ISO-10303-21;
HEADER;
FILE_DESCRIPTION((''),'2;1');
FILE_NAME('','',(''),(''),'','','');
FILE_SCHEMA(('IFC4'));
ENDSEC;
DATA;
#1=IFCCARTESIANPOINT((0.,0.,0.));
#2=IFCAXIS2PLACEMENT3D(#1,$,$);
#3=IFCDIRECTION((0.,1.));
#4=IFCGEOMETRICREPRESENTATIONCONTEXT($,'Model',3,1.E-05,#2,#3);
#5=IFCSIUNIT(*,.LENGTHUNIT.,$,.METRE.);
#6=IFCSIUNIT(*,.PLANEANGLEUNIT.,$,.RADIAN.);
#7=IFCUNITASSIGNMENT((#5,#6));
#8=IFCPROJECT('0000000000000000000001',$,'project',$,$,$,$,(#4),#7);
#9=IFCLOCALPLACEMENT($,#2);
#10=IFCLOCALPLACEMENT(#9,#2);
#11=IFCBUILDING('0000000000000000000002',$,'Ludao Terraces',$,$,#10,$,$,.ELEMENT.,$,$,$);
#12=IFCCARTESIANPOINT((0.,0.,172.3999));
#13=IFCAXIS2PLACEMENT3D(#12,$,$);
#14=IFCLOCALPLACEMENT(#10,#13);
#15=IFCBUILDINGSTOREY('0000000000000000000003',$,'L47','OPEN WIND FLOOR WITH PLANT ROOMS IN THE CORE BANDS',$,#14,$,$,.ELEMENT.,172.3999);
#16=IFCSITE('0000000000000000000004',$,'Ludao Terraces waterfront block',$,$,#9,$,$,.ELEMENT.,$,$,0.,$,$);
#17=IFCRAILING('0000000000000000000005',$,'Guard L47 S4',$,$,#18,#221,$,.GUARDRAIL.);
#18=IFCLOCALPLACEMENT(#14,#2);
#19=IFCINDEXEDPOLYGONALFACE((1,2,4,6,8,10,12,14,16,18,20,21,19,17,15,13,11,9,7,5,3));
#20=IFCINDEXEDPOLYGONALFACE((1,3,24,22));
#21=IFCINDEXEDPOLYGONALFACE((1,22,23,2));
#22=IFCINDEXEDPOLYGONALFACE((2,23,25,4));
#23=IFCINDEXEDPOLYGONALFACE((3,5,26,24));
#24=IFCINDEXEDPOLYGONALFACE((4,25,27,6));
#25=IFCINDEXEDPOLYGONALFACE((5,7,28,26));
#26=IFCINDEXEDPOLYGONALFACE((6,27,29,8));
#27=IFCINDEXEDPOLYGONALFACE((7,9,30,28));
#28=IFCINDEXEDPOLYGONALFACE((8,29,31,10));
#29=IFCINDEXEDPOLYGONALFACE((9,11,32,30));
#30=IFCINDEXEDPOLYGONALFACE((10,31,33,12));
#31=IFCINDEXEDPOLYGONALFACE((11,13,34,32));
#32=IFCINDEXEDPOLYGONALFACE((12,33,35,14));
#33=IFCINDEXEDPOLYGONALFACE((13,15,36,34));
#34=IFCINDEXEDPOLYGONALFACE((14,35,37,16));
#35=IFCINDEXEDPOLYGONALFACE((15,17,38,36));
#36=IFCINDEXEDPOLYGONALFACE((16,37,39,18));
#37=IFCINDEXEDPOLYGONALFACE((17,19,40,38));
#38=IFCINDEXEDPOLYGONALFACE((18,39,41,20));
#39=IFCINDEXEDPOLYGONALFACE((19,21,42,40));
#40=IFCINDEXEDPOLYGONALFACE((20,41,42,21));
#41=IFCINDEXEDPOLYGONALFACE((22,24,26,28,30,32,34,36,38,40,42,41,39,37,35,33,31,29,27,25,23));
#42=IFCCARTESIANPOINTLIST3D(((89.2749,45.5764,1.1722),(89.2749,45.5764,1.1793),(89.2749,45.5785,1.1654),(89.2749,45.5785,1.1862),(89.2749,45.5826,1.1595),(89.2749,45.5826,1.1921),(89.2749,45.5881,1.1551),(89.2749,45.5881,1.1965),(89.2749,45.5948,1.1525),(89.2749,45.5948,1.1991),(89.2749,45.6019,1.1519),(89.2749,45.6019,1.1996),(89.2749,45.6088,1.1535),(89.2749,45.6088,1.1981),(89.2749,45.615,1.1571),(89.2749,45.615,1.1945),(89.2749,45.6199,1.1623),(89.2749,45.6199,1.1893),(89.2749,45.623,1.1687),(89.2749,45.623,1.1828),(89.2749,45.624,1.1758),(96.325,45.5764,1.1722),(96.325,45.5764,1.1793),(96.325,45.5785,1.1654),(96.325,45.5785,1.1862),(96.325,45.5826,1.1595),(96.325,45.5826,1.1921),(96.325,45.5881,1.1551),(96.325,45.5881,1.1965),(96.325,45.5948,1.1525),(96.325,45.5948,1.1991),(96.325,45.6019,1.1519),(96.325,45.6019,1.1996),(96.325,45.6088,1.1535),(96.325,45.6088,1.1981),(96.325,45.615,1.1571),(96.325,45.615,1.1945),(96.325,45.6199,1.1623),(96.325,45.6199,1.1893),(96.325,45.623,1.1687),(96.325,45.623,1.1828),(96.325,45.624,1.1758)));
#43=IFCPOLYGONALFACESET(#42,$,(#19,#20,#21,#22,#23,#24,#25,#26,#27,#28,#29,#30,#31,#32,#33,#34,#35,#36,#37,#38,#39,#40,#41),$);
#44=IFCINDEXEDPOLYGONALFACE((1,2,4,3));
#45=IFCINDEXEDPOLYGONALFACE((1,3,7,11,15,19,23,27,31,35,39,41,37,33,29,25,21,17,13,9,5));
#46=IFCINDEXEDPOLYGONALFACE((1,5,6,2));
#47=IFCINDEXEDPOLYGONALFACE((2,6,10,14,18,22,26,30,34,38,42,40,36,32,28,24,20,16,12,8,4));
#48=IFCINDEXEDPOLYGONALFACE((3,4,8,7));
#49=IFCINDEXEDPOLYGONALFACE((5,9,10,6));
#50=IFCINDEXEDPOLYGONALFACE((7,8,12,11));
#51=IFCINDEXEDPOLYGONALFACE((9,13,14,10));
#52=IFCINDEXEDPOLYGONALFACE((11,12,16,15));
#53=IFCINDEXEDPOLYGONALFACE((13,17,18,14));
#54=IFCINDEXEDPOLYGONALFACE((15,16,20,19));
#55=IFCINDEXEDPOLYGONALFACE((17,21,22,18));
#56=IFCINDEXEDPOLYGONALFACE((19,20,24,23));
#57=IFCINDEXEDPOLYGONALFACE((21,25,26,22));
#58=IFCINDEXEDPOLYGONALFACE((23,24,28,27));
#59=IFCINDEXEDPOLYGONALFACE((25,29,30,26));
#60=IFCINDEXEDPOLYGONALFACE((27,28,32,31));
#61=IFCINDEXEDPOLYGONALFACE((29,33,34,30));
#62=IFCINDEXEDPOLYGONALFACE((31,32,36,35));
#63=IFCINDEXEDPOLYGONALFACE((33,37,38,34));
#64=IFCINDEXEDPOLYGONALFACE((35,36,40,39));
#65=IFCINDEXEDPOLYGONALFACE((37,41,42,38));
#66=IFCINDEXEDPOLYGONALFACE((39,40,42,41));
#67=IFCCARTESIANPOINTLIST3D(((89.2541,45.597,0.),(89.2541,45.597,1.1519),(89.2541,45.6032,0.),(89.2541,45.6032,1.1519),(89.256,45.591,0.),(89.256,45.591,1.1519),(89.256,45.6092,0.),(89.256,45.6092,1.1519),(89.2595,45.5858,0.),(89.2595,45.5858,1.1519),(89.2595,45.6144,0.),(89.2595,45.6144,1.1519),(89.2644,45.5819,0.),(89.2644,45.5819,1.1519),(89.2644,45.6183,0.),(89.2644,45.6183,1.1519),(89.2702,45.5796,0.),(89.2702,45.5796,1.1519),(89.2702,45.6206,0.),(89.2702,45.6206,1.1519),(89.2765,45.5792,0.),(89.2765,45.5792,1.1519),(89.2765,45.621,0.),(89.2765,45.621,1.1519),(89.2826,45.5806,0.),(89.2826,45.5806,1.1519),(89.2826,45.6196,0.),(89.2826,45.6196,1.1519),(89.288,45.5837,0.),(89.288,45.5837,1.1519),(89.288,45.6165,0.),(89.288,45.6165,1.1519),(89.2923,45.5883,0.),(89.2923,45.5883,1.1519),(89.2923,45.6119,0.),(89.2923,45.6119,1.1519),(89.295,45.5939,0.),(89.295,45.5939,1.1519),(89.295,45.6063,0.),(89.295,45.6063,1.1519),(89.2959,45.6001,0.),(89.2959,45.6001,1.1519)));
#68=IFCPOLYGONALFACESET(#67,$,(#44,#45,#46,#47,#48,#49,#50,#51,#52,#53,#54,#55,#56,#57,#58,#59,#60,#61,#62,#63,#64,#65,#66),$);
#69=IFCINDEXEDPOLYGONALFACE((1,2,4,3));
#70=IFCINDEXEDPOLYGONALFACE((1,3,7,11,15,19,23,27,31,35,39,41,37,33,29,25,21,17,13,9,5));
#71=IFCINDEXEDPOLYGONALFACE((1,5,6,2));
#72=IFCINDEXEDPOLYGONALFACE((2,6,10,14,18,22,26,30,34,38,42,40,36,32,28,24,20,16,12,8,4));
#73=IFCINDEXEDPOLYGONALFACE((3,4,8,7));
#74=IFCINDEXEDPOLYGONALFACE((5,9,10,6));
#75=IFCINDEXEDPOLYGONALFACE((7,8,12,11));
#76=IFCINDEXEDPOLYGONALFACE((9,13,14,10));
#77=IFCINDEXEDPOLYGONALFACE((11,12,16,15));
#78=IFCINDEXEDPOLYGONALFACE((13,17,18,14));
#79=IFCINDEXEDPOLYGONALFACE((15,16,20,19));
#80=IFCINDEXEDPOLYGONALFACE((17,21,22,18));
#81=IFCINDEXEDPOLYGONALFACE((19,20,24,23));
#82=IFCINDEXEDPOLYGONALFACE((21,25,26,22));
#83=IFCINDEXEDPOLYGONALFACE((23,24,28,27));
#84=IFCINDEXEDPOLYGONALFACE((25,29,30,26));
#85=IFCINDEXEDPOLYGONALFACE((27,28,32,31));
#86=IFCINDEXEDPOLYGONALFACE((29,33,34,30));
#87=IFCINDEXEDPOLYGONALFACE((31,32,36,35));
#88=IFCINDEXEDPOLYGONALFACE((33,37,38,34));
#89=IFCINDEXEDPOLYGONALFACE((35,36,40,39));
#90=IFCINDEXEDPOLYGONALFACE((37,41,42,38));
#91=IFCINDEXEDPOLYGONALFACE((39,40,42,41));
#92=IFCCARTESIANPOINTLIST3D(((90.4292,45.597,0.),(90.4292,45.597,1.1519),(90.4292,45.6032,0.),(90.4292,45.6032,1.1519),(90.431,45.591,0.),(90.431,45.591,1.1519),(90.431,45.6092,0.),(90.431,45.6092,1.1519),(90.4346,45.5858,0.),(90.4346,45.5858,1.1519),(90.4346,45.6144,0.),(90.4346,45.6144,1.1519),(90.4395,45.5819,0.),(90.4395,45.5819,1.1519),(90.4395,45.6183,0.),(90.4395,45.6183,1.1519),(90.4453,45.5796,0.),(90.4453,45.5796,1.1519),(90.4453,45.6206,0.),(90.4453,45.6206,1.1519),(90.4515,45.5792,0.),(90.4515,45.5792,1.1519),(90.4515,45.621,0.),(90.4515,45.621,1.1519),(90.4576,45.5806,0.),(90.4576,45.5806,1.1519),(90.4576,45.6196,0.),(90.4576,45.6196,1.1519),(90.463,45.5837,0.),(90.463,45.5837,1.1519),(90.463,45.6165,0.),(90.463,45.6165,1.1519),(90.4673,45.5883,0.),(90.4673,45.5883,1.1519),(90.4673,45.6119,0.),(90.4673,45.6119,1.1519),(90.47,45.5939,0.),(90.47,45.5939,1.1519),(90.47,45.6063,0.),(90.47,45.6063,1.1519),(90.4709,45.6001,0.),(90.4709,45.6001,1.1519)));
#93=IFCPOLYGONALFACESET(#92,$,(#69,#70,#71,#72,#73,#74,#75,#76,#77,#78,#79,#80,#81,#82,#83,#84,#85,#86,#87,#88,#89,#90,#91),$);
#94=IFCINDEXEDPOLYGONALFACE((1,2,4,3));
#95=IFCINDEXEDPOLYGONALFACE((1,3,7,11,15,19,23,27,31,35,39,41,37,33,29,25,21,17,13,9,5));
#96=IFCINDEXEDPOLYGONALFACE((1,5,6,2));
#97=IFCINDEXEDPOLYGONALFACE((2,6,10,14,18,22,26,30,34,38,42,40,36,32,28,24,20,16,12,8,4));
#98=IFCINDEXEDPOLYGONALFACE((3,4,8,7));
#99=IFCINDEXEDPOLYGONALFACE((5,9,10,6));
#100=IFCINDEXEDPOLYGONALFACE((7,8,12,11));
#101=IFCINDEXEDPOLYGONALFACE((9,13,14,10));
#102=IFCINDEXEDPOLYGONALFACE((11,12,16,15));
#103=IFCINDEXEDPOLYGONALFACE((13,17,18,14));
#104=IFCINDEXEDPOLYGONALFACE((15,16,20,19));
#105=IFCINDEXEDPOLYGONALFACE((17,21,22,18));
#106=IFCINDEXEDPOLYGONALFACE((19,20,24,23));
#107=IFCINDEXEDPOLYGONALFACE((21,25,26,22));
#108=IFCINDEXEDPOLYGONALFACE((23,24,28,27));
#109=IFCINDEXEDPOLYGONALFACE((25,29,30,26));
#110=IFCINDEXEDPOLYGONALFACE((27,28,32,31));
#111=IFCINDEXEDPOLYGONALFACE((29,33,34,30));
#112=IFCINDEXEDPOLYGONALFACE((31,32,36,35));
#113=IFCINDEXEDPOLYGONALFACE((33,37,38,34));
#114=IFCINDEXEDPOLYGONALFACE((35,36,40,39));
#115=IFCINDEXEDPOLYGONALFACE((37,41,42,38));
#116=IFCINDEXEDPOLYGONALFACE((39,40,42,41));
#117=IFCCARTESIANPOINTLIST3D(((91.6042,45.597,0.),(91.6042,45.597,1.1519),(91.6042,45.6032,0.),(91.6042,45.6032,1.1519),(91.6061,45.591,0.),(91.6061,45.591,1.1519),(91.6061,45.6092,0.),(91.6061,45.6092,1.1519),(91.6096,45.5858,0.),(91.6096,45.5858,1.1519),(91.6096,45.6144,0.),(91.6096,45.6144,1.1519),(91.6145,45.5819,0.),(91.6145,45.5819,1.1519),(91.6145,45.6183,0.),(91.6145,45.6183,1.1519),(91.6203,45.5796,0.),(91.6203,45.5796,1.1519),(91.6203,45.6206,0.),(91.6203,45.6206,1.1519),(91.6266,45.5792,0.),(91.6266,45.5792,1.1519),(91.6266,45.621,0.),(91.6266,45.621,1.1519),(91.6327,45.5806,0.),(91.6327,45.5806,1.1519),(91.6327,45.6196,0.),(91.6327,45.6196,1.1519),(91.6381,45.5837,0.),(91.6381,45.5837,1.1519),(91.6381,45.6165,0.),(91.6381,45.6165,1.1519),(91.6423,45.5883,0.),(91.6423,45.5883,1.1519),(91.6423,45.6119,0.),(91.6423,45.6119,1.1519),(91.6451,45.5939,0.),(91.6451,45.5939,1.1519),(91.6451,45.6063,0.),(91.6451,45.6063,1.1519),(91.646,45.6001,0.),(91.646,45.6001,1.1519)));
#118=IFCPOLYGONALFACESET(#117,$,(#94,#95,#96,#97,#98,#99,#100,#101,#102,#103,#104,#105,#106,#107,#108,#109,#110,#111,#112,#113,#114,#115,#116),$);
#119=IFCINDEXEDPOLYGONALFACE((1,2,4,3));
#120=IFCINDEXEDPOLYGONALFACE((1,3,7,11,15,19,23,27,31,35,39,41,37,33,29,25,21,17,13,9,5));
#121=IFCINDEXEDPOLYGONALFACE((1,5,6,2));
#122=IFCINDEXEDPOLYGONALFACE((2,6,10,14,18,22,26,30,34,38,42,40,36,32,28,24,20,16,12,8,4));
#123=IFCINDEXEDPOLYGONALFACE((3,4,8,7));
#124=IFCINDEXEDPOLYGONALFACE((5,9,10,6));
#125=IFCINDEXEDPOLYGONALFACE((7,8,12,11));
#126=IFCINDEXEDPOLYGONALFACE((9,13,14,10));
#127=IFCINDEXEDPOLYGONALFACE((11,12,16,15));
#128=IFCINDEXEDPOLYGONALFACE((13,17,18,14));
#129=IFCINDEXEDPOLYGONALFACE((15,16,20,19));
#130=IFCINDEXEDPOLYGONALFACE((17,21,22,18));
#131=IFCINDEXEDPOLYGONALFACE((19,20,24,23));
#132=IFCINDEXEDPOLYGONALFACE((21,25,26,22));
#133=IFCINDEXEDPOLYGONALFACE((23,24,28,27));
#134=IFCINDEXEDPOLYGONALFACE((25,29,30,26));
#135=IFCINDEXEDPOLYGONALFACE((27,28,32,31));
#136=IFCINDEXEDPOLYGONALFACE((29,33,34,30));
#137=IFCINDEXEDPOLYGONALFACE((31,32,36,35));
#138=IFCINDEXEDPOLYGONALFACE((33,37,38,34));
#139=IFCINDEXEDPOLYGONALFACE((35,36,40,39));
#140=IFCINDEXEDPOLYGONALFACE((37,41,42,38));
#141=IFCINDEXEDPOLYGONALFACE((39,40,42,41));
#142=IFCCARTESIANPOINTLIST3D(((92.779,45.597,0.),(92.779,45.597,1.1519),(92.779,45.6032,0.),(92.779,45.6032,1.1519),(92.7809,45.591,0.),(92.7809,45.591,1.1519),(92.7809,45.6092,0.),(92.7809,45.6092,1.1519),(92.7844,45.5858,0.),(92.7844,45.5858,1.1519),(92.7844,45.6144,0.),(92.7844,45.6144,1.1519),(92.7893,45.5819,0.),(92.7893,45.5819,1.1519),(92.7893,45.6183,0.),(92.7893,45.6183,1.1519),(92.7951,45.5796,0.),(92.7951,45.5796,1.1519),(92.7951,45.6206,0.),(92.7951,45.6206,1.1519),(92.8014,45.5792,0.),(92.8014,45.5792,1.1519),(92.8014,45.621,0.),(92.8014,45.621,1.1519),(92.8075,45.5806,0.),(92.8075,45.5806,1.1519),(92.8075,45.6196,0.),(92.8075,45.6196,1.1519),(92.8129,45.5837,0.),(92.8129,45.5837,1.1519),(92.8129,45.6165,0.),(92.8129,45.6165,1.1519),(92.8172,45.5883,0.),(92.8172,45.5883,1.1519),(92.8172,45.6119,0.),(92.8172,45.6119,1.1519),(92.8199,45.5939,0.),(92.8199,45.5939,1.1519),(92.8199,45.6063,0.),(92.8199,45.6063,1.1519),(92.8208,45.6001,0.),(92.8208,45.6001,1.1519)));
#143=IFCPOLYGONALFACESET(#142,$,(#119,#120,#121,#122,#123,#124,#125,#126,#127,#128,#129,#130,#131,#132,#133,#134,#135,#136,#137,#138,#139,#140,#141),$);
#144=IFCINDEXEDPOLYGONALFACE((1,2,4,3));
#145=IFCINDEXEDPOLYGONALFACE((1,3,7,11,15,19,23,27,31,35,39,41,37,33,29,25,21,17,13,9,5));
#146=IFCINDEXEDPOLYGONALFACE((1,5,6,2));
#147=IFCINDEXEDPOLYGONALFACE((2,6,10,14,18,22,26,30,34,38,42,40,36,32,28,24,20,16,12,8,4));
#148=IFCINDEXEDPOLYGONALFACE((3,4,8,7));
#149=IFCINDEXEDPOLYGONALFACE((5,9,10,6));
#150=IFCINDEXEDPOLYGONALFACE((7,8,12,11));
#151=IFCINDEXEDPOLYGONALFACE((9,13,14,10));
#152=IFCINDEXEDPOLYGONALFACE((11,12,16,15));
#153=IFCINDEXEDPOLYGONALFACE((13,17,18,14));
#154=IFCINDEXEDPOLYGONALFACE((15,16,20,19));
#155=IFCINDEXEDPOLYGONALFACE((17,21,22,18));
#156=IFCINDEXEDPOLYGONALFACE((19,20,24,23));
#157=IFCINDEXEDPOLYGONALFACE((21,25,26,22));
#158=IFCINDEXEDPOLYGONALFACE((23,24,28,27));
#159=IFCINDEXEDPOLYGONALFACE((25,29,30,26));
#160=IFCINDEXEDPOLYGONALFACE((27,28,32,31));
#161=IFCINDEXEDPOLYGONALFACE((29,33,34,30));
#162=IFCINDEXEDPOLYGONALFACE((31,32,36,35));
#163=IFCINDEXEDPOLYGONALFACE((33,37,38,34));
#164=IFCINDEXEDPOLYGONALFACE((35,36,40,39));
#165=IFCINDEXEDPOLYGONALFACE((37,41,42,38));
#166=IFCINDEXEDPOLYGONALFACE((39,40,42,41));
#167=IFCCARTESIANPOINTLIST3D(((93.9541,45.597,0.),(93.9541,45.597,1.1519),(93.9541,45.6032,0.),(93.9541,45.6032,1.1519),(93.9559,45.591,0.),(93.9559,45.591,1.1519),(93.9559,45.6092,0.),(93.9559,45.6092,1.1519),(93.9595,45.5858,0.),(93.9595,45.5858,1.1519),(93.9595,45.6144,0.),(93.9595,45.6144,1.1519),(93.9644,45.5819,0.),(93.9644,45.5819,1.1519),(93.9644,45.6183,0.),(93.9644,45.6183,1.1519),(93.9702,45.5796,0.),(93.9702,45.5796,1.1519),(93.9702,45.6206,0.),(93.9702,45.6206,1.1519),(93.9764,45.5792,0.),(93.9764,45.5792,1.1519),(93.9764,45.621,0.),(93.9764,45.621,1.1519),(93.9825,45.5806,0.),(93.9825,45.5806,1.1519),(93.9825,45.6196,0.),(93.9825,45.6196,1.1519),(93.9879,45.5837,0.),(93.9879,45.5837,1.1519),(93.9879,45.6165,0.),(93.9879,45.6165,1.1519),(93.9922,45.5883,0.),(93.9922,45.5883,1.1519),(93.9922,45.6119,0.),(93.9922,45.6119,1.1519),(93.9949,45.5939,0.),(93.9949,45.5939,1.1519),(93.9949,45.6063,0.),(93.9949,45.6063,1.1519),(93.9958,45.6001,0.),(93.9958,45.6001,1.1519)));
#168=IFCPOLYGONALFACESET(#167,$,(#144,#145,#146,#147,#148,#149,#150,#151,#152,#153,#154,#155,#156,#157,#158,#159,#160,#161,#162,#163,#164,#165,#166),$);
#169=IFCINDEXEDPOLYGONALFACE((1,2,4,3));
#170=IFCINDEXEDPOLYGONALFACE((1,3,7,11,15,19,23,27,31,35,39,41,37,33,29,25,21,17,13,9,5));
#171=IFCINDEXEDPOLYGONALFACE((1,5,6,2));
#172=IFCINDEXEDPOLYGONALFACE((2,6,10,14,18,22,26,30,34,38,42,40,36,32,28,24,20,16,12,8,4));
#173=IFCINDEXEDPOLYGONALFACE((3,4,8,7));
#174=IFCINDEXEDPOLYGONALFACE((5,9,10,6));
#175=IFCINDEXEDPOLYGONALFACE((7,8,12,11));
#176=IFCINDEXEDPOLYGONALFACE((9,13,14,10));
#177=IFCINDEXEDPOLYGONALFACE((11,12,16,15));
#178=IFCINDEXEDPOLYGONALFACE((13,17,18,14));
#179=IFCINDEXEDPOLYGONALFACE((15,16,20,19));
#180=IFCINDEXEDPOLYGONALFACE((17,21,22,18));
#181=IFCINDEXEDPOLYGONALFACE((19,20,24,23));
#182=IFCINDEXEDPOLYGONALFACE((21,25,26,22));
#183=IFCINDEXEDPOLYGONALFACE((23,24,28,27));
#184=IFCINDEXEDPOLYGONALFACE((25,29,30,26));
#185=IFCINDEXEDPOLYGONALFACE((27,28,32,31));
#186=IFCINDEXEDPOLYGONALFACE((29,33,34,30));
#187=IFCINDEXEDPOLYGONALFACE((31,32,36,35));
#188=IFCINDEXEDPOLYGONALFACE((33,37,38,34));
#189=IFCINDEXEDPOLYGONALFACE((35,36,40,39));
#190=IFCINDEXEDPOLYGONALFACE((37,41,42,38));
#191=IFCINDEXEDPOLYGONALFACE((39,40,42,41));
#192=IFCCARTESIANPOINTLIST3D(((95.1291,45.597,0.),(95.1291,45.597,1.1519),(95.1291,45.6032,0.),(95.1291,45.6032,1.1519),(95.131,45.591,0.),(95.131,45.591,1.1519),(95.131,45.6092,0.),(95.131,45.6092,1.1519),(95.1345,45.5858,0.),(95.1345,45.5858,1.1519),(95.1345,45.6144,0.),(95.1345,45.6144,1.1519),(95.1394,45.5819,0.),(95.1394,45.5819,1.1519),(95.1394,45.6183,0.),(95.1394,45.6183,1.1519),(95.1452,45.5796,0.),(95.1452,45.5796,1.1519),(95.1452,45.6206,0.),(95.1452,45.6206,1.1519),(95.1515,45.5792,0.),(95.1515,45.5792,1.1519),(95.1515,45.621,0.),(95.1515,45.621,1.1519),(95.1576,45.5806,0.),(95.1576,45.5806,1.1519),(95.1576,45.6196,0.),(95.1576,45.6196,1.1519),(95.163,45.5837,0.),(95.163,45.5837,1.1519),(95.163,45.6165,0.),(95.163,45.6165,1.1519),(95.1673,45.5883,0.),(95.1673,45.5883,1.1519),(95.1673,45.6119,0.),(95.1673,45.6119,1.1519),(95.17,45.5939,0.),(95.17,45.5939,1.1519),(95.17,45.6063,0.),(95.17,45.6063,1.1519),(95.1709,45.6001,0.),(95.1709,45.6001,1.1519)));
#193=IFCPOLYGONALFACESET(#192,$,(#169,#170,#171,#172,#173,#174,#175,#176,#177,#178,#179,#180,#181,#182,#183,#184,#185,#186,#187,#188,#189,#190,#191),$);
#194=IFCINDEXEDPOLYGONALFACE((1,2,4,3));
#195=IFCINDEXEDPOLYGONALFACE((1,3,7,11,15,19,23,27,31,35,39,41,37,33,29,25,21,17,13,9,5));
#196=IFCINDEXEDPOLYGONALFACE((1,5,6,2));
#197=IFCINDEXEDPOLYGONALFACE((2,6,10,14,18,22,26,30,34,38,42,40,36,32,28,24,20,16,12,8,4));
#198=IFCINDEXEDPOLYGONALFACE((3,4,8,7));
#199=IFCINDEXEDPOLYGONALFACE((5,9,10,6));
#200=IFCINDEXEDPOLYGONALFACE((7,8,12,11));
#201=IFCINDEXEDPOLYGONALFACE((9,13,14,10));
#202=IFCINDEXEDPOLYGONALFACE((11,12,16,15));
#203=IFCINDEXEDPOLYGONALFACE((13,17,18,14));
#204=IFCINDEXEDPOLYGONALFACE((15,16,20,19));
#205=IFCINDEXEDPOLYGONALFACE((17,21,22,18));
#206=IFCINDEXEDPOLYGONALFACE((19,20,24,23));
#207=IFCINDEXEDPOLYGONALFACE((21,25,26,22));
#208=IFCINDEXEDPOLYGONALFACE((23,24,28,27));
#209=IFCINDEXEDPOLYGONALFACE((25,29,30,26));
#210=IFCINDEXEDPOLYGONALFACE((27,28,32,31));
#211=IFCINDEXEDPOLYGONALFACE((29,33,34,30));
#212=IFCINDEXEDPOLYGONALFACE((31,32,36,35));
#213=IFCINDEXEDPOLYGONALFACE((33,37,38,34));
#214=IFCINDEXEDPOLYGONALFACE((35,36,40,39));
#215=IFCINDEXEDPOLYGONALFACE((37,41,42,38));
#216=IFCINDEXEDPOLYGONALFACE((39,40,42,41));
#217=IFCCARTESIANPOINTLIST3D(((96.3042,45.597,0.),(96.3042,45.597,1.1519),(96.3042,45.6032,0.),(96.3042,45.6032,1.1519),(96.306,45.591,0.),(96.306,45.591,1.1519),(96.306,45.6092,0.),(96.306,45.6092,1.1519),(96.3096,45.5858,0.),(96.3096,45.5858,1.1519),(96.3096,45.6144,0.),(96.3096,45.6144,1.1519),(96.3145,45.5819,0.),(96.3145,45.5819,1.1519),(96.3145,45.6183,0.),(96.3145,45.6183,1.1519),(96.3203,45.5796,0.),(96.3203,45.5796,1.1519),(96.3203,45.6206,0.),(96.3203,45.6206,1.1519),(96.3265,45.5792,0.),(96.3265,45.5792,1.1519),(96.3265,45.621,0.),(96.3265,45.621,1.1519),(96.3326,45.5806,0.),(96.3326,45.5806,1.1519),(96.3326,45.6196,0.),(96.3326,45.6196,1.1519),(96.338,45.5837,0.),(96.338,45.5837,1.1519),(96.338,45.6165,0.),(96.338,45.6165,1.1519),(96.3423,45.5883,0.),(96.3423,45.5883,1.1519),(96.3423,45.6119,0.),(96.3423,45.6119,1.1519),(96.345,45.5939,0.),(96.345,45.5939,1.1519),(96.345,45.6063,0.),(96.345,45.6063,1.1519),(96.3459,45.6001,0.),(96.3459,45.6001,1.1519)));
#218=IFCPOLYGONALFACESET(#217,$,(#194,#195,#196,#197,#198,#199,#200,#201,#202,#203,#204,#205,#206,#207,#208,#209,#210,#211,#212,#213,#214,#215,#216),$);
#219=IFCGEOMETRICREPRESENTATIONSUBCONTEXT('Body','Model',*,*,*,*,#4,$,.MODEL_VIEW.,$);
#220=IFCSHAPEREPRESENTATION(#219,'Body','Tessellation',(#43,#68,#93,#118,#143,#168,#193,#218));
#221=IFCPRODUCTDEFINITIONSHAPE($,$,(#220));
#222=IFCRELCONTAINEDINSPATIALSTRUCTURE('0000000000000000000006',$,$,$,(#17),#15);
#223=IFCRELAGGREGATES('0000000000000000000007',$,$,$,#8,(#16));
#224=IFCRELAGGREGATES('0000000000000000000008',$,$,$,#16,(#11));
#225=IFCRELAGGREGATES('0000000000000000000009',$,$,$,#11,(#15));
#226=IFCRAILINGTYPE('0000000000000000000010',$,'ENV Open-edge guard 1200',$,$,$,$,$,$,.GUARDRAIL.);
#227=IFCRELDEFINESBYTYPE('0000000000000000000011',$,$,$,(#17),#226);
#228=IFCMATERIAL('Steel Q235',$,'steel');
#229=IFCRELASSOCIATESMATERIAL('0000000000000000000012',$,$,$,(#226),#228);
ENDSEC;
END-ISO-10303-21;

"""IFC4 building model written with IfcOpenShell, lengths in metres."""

from ifc_helpers import new_model, si_unit, direction, frame, origin, origin_2d, place, context, subcontext, project, spatial, circle, extrude, material, type_object, element, save


model = new_model("IFC4")

# Units and contexts
model_context = context("Model", 3, precision=1e-05, world=origin(), true_north=direction((0.0, 1.0)))
body_context = subcontext(model_context, "Body", "Model", "MODEL_VIEW")
ifc_project = project(units=[si_unit("LENGTHUNIT", "METRE"), si_unit("PLANEANGLEUNIT", "RADIAN")], contexts=[model_context])

# Site, building, storey
site_placement = place(None, origin())
site = spatial("IfcSite", under=ifc_project, at=site_placement, Name="Ludao Terraces waterfront block", CompositionType="ELEMENT", RefElevation=0.0)
building_placement = place(site_placement, origin())
building = spatial("IfcBuilding", under=site, at=building_placement, Name="Ludao Terraces", CompositionType="ELEMENT")
storey_placement = place(building_placement, frame((0.0, 0.0, 172.3999)))
storey = spatial("IfcBuildingStorey", under=building, at=storey_placement, Name="L47", Description="OPEN WIND FLOOR WITH PLANT ROOMS IN THE CORE BANDS", CompositionType="ELEMENT", Elevation=172.3999)

# Shared definitions
ifc_material_1 = material(Name="Steel Q235", Category="steel")

# Railing
railing_type_1 = type_object("IfcRailingType", Name="ENV Open-edge guard 1200", PredefinedType="GUARDRAIL", material=ifc_material_1)
railing_1_placement = place(storey_placement, frame((89.2749, 45.6001, 0.0)))
element("IfcRailing", 1, at=railing_1_placement, inside=storey, type_object=railing_type_1, Name="Guard L47 S4", PredefinedType="GUARDRAIL", context=body_context, shape_type="SweptSolid", body=[
    extrude(circle(Radius=0.0239, at=origin_2d()), frame((0.0, 0.0, 1.1758), z_axis=(1.0, 0.0, 0.0), x_axis=(0.0, 1.0, 0.0)), (0.0, 0.0, 1.0), 7.05),
    extrude(circle(Radius=0.021, at=origin_2d()), origin(), (0.0, 0.0, 1.0), 1.1519),
    extrude(circle(Radius=0.021, at=origin_2d()), frame((1.175, 0.0, 0.0)), (0.0, 0.0, 1.0), 1.1519),
    extrude(circle(Radius=0.021, at=origin_2d()), frame((2.3501, 0.0, 0.0)), (0.0, 0.0, 1.0), 1.1519),
    extrude(circle(Radius=0.021, at=origin_2d()), frame((3.5249, 0.0, 0.0)), (0.0, 0.0, 1.0), 1.1519),
    extrude(circle(Radius=0.021, at=origin_2d()), frame((4.7, 0.0, 0.0)), (0.0, 0.0, 1.0), 1.1519),
    extrude(circle(Radius=0.021, at=origin_2d()), frame((5.875, 0.0, 0.0)), (0.0, 0.0, 1.0), 1.1519),
    extrude(circle(Radius=0.021, at=origin_2d()), frame((7.05, 0.0, 0.0)), (0.0, 0.0, 1.0), 1.1519),
])

save(model, "model.ifc")
